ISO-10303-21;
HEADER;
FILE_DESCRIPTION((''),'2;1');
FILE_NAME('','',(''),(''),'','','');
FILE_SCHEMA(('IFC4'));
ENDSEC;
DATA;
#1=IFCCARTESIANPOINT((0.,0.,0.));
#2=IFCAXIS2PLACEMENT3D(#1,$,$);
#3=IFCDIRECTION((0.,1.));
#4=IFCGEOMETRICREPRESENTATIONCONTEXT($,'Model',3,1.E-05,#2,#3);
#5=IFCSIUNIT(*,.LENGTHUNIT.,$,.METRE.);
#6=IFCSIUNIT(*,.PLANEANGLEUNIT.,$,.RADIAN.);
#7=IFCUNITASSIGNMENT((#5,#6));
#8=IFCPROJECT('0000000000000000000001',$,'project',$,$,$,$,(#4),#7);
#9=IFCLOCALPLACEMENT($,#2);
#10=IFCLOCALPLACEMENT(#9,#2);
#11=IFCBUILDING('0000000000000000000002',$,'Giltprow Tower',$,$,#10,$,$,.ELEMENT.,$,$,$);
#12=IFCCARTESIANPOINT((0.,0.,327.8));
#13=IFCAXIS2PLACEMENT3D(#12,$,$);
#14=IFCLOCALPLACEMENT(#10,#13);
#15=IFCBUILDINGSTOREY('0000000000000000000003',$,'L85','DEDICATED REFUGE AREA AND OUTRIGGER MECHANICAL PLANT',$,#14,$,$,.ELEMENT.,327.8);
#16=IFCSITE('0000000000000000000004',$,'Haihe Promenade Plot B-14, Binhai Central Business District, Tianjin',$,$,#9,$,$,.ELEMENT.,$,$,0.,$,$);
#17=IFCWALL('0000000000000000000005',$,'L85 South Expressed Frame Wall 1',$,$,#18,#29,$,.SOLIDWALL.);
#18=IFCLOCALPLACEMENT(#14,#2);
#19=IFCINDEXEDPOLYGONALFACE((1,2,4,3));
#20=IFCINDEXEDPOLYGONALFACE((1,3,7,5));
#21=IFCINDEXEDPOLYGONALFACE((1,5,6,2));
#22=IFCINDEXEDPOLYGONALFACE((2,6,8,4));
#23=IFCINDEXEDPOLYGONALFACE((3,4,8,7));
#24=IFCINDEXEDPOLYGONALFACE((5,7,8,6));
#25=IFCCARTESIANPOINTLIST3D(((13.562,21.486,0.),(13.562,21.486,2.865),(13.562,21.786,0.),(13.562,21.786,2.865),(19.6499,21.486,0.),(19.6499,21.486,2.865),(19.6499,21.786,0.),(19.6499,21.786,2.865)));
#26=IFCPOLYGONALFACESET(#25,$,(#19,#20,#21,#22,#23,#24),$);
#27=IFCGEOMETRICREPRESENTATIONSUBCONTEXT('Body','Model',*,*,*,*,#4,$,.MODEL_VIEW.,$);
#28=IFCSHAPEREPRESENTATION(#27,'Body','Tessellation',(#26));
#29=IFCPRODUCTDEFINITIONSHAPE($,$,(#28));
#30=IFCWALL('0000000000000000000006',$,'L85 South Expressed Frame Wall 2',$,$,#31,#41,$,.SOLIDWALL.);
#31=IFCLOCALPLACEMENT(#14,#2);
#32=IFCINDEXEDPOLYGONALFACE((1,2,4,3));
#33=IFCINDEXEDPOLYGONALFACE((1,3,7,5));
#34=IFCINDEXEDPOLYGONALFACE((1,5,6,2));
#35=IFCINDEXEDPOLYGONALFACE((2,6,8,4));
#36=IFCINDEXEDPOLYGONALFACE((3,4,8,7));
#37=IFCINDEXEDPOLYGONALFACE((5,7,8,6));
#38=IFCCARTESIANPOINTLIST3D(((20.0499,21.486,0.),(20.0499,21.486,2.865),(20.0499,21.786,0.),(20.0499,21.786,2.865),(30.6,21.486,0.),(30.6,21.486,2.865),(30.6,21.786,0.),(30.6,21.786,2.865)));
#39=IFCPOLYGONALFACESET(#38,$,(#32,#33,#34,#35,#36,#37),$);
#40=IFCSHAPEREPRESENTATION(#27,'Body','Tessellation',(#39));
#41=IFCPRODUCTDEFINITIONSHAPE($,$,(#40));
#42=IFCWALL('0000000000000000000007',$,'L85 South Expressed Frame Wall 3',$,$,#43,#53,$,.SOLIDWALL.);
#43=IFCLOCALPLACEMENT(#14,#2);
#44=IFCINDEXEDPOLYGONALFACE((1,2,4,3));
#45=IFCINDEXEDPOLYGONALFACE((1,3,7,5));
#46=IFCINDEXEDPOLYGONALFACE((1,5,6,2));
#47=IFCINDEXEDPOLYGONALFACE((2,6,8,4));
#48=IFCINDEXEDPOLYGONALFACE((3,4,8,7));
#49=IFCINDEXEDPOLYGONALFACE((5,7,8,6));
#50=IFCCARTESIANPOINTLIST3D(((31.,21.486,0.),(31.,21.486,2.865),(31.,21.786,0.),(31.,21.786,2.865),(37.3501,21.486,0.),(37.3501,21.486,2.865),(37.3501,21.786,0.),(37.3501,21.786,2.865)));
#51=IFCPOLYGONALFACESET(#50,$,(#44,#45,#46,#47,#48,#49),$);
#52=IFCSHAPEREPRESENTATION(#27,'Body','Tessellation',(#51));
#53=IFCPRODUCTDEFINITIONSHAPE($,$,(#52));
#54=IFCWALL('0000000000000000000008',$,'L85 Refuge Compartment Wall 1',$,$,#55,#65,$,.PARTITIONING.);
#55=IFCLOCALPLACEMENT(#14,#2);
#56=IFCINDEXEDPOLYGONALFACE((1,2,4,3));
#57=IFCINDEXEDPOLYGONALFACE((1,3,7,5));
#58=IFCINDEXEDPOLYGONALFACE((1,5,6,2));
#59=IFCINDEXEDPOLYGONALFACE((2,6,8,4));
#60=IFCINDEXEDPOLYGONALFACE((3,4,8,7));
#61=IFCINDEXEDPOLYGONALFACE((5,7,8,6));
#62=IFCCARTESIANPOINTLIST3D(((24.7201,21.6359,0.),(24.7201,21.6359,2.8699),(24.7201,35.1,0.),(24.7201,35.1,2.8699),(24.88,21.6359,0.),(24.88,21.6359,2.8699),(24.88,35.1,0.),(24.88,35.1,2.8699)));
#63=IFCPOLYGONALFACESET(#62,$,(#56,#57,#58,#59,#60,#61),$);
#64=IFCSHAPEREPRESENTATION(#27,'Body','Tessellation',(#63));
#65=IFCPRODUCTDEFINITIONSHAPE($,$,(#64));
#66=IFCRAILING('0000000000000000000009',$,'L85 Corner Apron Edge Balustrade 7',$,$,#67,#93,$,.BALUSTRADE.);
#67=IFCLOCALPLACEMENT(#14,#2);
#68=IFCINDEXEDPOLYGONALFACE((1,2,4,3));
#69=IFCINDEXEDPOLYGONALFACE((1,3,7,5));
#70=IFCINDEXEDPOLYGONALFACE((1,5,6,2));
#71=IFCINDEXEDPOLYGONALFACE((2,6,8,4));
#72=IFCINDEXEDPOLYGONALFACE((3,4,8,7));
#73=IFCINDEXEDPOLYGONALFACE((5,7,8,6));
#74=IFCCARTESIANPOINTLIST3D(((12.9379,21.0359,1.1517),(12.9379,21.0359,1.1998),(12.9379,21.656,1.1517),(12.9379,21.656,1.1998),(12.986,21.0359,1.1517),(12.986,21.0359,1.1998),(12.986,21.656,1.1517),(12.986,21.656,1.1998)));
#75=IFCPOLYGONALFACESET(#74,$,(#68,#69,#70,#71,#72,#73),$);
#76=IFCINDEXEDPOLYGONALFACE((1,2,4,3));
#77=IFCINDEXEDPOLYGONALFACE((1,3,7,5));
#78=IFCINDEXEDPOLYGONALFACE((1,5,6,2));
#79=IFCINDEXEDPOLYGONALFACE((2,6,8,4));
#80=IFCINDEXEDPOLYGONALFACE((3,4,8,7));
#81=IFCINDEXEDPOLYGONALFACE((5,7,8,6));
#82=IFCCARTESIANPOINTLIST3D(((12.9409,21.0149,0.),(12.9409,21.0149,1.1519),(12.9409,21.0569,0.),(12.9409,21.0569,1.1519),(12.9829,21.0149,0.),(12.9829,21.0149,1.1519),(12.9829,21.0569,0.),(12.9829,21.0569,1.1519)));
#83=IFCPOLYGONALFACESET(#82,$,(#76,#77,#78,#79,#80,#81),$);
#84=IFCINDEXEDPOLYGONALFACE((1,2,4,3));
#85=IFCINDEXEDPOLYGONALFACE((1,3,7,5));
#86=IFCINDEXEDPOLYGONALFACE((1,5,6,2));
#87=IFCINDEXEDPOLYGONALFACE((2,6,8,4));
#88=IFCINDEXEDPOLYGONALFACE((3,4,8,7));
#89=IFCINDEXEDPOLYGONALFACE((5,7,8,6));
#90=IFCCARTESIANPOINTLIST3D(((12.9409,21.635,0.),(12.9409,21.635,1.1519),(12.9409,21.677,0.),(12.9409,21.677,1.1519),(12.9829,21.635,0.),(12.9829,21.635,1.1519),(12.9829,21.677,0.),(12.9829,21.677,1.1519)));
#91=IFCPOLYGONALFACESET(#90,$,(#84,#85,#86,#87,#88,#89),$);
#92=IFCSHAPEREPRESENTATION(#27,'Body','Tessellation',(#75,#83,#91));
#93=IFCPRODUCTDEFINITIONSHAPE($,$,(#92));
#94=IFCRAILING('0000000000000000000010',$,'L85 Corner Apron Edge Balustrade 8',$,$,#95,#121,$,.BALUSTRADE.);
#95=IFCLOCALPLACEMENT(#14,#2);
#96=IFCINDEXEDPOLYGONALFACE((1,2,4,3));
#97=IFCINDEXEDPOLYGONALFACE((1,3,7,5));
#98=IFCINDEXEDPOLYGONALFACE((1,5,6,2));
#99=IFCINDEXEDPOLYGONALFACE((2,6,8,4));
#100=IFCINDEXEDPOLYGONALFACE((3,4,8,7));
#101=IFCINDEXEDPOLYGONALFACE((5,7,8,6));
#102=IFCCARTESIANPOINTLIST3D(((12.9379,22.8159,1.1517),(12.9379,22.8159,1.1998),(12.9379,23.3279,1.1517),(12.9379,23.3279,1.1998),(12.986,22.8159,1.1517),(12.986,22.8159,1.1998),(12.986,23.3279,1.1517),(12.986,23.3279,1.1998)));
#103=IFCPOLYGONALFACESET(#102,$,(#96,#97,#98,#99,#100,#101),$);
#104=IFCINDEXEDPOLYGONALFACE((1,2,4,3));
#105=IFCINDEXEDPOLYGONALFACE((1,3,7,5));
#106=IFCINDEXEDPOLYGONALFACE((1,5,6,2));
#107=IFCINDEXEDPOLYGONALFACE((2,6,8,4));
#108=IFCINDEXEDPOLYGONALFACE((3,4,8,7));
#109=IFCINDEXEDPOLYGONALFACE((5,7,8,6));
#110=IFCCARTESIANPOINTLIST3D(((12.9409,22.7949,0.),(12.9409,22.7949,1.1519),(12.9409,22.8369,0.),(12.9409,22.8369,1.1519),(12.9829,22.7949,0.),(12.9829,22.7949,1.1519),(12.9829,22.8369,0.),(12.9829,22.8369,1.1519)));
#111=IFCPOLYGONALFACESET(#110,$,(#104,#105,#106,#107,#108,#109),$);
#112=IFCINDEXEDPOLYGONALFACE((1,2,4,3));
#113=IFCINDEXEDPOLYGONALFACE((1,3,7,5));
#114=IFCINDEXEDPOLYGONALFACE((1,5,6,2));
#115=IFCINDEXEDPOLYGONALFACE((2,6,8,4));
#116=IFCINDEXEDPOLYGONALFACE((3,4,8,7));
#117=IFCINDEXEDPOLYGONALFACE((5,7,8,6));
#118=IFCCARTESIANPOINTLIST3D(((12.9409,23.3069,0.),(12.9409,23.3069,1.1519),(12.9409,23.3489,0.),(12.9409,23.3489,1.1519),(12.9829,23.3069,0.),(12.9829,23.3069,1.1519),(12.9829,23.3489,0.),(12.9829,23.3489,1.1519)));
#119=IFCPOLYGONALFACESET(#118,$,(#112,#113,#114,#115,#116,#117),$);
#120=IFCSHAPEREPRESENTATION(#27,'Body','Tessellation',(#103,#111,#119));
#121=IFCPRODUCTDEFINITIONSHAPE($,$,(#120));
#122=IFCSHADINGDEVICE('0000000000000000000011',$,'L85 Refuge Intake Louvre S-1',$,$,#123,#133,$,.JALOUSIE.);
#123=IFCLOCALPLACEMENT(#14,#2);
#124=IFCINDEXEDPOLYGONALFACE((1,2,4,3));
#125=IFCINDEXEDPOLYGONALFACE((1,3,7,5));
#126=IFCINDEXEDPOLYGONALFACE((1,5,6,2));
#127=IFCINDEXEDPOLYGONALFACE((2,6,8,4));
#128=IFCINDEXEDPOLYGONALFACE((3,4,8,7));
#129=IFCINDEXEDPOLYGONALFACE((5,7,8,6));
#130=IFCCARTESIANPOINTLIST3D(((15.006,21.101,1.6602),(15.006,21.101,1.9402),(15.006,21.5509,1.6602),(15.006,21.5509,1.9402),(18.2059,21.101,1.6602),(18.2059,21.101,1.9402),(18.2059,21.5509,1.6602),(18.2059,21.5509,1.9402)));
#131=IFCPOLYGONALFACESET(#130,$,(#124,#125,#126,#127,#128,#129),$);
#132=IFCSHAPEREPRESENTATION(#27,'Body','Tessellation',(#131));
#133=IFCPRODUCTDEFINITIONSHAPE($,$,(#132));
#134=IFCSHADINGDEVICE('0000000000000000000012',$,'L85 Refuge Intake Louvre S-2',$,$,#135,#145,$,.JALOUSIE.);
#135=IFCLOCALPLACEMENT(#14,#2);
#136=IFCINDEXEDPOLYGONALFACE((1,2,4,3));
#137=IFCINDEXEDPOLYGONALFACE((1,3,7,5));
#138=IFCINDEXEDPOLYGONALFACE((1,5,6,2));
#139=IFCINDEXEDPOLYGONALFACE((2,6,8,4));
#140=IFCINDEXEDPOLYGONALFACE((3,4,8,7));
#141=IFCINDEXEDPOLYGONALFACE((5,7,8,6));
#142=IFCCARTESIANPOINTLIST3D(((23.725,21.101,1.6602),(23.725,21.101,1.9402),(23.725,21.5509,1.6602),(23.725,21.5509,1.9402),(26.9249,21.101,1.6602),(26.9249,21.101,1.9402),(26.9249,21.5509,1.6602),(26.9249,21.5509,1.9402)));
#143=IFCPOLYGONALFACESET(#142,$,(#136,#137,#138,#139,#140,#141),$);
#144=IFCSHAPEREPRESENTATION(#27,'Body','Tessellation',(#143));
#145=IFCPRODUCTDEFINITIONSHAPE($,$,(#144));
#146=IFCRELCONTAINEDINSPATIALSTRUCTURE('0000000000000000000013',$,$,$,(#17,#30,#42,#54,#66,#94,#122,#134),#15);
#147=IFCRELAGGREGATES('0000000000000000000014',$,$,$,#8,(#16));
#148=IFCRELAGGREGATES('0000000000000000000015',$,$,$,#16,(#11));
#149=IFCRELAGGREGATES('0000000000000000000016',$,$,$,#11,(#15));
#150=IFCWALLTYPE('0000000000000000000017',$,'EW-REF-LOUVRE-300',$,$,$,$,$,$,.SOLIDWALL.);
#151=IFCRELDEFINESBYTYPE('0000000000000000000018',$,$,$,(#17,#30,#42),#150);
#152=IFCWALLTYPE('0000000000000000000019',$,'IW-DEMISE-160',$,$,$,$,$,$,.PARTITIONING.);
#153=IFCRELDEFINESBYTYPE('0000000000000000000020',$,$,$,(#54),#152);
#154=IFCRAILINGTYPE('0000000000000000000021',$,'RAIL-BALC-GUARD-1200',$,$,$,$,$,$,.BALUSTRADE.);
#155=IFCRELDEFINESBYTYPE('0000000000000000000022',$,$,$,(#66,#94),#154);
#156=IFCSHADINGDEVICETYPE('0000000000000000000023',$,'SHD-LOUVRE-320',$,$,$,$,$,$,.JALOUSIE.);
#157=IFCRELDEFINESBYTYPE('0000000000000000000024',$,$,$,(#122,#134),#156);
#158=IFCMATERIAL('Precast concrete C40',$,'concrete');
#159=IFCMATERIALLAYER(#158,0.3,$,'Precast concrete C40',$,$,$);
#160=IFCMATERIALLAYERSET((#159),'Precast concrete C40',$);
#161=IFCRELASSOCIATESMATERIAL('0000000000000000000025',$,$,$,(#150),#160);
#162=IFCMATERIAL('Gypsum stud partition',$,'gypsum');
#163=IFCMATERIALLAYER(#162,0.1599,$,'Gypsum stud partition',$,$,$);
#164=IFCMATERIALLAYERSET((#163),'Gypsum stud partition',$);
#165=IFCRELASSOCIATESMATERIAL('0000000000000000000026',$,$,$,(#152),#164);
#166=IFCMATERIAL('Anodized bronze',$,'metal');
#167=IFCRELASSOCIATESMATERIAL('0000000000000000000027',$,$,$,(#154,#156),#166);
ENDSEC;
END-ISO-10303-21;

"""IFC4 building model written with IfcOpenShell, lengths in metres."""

from ifc_helpers import new_model, si_unit, direction, frame, frame_2d, origin, origin_2d, place, context, subcontext, project, spatial, rectangle, extrude, source, transform, mapped, material, layer, layer_set, type_object, element, save


model = new_model("IFC4")

# Units and contexts
model_context = context("Model", 3, precision=1e-05, world=origin(), true_north=direction((0.0, 1.0)))
body_context = subcontext(model_context, "Body", "Model", "MODEL_VIEW")
ifc_project = project(units=[si_unit("LENGTHUNIT", "METRE"), si_unit("PLANEANGLEUNIT", "RADIAN")], contexts=[model_context])

# Site, building, storey
site_placement = place(None, origin())
site = spatial("IfcSite", under=ifc_project, at=site_placement, Name="Haihe Promenade Plot B-14, Binhai Central Business District, Tianjin", CompositionType="ELEMENT", RefElevation=0.0)
building_placement = place(site_placement, origin())
building = spatial("IfcBuilding", under=site, at=building_placement, Name="Giltprow Tower", CompositionType="ELEMENT")
storey_placement = place(building_placement, frame((0.0, 0.0, 327.8)))
storey = spatial("IfcBuildingStorey", under=building, at=storey_placement, Name="L85", Description="DEDICATED REFUGE AREA AND OUTRIGGER MECHANICAL PLANT", CompositionType="ELEMENT", Elevation=327.8)

# Walls
ifc_material_1 = material(Name="Precast concrete C40", Category="concrete")
ifc_layer_1 = layer(ifc_material_1, 0.3, Name="Precast concrete C40")
ifc_layer_set_1 = layer_set([ifc_layer_1], Name="Precast concrete C40")
wall_type_1 = type_object("IfcWallType", Name="EW-REF-LOUVRE-300", PredefinedType="SOLIDWALL", material=ifc_layer_set_1)
wall_1_placement = place(storey_placement, frame((13.562, 21.636, 0.0), z_axis=(0.0, 0.0, 1.0), x_axis=(1.0, 0.0, 0.0)))
element("IfcWall", 1, at=wall_1_placement, inside=storey, type_object=wall_type_1, Name="L85 South Expressed Frame Wall 1", PredefinedType="SOLIDWALL", context=body_context, shape_type="SweptSolid", body=[
    extrude(rectangle(XDim=6.0879, YDim=0.3, at=frame_2d((3.0439, 0.0))), origin(), (0.0, 0.0, 1.0), 2.865),
])
wall_2_placement = place(storey_placement, frame((20.05, 21.636, 0.0), z_axis=(0.0, 0.0, 1.0), x_axis=(1.0, 0.0, 0.0)))
element("IfcWall", 2, at=wall_2_placement, inside=storey, type_object=wall_type_1, Name="L85 South Expressed Frame Wall 2", PredefinedType="SOLIDWALL", context=body_context, shape_type="SweptSolid", body=[
    extrude(rectangle(XDim=10.55, YDim=0.3, at=frame_2d((5.2749, 0.0))), origin(), (0.0, 0.0, 1.0), 2.865),
])
wall_3_placement = place(storey_placement, frame((31.0, 21.636, 0.0), z_axis=(0.0, 0.0, 1.0), x_axis=(1.0, 0.0, 0.0)))
element("IfcWall", 3, at=wall_3_placement, inside=storey, type_object=wall_type_1, Name="L85 South Expressed Frame Wall 3", PredefinedType="SOLIDWALL", context=body_context, shape_type="SweptSolid", body=[
    extrude(rectangle(XDim=6.3501, YDim=0.3, at=frame_2d((3.175, 0.0))), origin(), (0.0, 0.0, 1.0), 2.865),
])
ifc_material_2 = material(Name="Gypsum stud partition", Category="gypsum")
ifc_layer_2 = layer(ifc_material_2, 0.1599, Name="Gypsum stud partition")
ifc_layer_set_2 = layer_set([ifc_layer_2], Name="Gypsum stud partition")
wall_type_2 = type_object("IfcWallType", Name="IW-DEMISE-160", PredefinedType="PARTITIONING", material=ifc_layer_set_2)
wall_4_placement = place(storey_placement, frame((24.8, 21.636, 0.0), z_axis=(0.0, 0.0, 1.0), x_axis=(0.0, 1.0, 0.0)))
element("IfcWall", 4, at=wall_4_placement, inside=storey, type_object=wall_type_2, Name="L85 Refuge Compartment Wall 1", PredefinedType="PARTITIONING", context=body_context, shape_type="SweptSolid", body=[
    extrude(rectangle(XDim=13.4641, YDim=0.1599, at=frame_2d((6.7319, 0.0))), origin(), (0.0, 0.0, 1.0), 2.8699),
])

# Railings
ifc_material_3 = material(Name="Anodized bronze", Category="metal")
railing_type = type_object("IfcRailingType", Name="RAIL-BALC-GUARD-1200", PredefinedType="BALUSTRADE", material=ifc_material_3)
railing_1_placement = place(storey_placement, frame((12.9619, 21.0359, 0.0)))
element("IfcRailing", 5, at=railing_1_placement, inside=storey, type_object=railing_type, Name="L85 Corner Apron Edge Balustrade 7", PredefinedType="BALUSTRADE", context=body_context, shape_type="SweptSolid", body=[
    extrude(rectangle(XDim=0.0481, YDim=0.0481, at=origin_2d()), frame((0.0, 0.0, 1.1758), z_axis=(0.0, 1.0, 0.0), x_axis=(-1.0, 0.0, 0.0)), (0.0, 0.0, 1.0), 0.6201),
    extrude(rectangle(XDim=0.042, YDim=0.042, at=origin_2d()), origin(), (0.0, 0.0, 1.0), 1.1519),
    extrude(rectangle(XDim=0.042, YDim=0.042, at=origin_2d()), frame((0.0, 0.6201, 0.0)), (0.0, 0.0, 1.0), 1.1519),
])
railing_2_placement = place(storey_placement, frame((12.9619, 22.8159, 0.0)))
element("IfcRailing", 6, at=railing_2_placement, inside=storey, type_object=railing_type, Name="L85 Corner Apron Edge Balustrade 8", PredefinedType="BALUSTRADE", context=body_context, shape_type="SweptSolid", body=[
    extrude(rectangle(XDim=0.0481, YDim=0.0481, at=origin_2d()), frame((0.0, 0.0, 1.1758), z_axis=(0.0, 1.0, 0.0), x_axis=(-1.0, 0.0, 0.0)), (0.0, 0.0, 1.0), 0.512),
    extrude(rectangle(XDim=0.042, YDim=0.042, at=origin_2d()), origin(), (0.0, 0.0, 1.0), 1.1519),
    extrude(rectangle(XDim=0.042, YDim=0.042, at=origin_2d()), frame((0.0, 0.512, 0.0)), (0.0, 0.0, 1.0), 1.1519),
])

# Shading devices
shading_device_type = type_object("IfcShadingDeviceType", Name="SHD-LOUVRE-320", PredefinedType="JALOUSIE", material=ifc_material_3)
shared_shape_1 = source(origin(), body_context, "Body", "SweptSolid", [
    extrude(rectangle(XDim=3.2, YDim=0.45, at=origin_2d()), origin(), (0.0, 0.0, 1.0), 0.28),
])
for number, where, z_axis, x_axis, name in (
    (7, (16.606, 21.3259, 1.6602), (0.0, 0.0, 1.0), (1.0, 0.0, 0.0), "L85 Refuge Intake Louvre S-1"),
    (8, (25.325, 21.3259, 1.6602), (0.0, 0.0, 1.0), (1.0, 0.0, 0.0), "L85 Refuge Intake Louvre S-2"),
):
    element("IfcShadingDevice", number, at=place(storey_placement, frame(where, z_axis=z_axis, x_axis=x_axis)), inside=storey, type_object=shading_device_type, Name=name, PredefinedType="JALOUSIE", context=body_context, shape_type="MappedRepresentation", body=[
        mapped(shared_shape_1, transform((0.0, 0.0, 0.0), x_axis=(1.0, 0.0, 0.0), y_axis=(0.0, 1.0, 0.0), z_axis=(0.0, 0.0, 1.0), scale=1.0)),
    ])

save(model, "model.ifc")
